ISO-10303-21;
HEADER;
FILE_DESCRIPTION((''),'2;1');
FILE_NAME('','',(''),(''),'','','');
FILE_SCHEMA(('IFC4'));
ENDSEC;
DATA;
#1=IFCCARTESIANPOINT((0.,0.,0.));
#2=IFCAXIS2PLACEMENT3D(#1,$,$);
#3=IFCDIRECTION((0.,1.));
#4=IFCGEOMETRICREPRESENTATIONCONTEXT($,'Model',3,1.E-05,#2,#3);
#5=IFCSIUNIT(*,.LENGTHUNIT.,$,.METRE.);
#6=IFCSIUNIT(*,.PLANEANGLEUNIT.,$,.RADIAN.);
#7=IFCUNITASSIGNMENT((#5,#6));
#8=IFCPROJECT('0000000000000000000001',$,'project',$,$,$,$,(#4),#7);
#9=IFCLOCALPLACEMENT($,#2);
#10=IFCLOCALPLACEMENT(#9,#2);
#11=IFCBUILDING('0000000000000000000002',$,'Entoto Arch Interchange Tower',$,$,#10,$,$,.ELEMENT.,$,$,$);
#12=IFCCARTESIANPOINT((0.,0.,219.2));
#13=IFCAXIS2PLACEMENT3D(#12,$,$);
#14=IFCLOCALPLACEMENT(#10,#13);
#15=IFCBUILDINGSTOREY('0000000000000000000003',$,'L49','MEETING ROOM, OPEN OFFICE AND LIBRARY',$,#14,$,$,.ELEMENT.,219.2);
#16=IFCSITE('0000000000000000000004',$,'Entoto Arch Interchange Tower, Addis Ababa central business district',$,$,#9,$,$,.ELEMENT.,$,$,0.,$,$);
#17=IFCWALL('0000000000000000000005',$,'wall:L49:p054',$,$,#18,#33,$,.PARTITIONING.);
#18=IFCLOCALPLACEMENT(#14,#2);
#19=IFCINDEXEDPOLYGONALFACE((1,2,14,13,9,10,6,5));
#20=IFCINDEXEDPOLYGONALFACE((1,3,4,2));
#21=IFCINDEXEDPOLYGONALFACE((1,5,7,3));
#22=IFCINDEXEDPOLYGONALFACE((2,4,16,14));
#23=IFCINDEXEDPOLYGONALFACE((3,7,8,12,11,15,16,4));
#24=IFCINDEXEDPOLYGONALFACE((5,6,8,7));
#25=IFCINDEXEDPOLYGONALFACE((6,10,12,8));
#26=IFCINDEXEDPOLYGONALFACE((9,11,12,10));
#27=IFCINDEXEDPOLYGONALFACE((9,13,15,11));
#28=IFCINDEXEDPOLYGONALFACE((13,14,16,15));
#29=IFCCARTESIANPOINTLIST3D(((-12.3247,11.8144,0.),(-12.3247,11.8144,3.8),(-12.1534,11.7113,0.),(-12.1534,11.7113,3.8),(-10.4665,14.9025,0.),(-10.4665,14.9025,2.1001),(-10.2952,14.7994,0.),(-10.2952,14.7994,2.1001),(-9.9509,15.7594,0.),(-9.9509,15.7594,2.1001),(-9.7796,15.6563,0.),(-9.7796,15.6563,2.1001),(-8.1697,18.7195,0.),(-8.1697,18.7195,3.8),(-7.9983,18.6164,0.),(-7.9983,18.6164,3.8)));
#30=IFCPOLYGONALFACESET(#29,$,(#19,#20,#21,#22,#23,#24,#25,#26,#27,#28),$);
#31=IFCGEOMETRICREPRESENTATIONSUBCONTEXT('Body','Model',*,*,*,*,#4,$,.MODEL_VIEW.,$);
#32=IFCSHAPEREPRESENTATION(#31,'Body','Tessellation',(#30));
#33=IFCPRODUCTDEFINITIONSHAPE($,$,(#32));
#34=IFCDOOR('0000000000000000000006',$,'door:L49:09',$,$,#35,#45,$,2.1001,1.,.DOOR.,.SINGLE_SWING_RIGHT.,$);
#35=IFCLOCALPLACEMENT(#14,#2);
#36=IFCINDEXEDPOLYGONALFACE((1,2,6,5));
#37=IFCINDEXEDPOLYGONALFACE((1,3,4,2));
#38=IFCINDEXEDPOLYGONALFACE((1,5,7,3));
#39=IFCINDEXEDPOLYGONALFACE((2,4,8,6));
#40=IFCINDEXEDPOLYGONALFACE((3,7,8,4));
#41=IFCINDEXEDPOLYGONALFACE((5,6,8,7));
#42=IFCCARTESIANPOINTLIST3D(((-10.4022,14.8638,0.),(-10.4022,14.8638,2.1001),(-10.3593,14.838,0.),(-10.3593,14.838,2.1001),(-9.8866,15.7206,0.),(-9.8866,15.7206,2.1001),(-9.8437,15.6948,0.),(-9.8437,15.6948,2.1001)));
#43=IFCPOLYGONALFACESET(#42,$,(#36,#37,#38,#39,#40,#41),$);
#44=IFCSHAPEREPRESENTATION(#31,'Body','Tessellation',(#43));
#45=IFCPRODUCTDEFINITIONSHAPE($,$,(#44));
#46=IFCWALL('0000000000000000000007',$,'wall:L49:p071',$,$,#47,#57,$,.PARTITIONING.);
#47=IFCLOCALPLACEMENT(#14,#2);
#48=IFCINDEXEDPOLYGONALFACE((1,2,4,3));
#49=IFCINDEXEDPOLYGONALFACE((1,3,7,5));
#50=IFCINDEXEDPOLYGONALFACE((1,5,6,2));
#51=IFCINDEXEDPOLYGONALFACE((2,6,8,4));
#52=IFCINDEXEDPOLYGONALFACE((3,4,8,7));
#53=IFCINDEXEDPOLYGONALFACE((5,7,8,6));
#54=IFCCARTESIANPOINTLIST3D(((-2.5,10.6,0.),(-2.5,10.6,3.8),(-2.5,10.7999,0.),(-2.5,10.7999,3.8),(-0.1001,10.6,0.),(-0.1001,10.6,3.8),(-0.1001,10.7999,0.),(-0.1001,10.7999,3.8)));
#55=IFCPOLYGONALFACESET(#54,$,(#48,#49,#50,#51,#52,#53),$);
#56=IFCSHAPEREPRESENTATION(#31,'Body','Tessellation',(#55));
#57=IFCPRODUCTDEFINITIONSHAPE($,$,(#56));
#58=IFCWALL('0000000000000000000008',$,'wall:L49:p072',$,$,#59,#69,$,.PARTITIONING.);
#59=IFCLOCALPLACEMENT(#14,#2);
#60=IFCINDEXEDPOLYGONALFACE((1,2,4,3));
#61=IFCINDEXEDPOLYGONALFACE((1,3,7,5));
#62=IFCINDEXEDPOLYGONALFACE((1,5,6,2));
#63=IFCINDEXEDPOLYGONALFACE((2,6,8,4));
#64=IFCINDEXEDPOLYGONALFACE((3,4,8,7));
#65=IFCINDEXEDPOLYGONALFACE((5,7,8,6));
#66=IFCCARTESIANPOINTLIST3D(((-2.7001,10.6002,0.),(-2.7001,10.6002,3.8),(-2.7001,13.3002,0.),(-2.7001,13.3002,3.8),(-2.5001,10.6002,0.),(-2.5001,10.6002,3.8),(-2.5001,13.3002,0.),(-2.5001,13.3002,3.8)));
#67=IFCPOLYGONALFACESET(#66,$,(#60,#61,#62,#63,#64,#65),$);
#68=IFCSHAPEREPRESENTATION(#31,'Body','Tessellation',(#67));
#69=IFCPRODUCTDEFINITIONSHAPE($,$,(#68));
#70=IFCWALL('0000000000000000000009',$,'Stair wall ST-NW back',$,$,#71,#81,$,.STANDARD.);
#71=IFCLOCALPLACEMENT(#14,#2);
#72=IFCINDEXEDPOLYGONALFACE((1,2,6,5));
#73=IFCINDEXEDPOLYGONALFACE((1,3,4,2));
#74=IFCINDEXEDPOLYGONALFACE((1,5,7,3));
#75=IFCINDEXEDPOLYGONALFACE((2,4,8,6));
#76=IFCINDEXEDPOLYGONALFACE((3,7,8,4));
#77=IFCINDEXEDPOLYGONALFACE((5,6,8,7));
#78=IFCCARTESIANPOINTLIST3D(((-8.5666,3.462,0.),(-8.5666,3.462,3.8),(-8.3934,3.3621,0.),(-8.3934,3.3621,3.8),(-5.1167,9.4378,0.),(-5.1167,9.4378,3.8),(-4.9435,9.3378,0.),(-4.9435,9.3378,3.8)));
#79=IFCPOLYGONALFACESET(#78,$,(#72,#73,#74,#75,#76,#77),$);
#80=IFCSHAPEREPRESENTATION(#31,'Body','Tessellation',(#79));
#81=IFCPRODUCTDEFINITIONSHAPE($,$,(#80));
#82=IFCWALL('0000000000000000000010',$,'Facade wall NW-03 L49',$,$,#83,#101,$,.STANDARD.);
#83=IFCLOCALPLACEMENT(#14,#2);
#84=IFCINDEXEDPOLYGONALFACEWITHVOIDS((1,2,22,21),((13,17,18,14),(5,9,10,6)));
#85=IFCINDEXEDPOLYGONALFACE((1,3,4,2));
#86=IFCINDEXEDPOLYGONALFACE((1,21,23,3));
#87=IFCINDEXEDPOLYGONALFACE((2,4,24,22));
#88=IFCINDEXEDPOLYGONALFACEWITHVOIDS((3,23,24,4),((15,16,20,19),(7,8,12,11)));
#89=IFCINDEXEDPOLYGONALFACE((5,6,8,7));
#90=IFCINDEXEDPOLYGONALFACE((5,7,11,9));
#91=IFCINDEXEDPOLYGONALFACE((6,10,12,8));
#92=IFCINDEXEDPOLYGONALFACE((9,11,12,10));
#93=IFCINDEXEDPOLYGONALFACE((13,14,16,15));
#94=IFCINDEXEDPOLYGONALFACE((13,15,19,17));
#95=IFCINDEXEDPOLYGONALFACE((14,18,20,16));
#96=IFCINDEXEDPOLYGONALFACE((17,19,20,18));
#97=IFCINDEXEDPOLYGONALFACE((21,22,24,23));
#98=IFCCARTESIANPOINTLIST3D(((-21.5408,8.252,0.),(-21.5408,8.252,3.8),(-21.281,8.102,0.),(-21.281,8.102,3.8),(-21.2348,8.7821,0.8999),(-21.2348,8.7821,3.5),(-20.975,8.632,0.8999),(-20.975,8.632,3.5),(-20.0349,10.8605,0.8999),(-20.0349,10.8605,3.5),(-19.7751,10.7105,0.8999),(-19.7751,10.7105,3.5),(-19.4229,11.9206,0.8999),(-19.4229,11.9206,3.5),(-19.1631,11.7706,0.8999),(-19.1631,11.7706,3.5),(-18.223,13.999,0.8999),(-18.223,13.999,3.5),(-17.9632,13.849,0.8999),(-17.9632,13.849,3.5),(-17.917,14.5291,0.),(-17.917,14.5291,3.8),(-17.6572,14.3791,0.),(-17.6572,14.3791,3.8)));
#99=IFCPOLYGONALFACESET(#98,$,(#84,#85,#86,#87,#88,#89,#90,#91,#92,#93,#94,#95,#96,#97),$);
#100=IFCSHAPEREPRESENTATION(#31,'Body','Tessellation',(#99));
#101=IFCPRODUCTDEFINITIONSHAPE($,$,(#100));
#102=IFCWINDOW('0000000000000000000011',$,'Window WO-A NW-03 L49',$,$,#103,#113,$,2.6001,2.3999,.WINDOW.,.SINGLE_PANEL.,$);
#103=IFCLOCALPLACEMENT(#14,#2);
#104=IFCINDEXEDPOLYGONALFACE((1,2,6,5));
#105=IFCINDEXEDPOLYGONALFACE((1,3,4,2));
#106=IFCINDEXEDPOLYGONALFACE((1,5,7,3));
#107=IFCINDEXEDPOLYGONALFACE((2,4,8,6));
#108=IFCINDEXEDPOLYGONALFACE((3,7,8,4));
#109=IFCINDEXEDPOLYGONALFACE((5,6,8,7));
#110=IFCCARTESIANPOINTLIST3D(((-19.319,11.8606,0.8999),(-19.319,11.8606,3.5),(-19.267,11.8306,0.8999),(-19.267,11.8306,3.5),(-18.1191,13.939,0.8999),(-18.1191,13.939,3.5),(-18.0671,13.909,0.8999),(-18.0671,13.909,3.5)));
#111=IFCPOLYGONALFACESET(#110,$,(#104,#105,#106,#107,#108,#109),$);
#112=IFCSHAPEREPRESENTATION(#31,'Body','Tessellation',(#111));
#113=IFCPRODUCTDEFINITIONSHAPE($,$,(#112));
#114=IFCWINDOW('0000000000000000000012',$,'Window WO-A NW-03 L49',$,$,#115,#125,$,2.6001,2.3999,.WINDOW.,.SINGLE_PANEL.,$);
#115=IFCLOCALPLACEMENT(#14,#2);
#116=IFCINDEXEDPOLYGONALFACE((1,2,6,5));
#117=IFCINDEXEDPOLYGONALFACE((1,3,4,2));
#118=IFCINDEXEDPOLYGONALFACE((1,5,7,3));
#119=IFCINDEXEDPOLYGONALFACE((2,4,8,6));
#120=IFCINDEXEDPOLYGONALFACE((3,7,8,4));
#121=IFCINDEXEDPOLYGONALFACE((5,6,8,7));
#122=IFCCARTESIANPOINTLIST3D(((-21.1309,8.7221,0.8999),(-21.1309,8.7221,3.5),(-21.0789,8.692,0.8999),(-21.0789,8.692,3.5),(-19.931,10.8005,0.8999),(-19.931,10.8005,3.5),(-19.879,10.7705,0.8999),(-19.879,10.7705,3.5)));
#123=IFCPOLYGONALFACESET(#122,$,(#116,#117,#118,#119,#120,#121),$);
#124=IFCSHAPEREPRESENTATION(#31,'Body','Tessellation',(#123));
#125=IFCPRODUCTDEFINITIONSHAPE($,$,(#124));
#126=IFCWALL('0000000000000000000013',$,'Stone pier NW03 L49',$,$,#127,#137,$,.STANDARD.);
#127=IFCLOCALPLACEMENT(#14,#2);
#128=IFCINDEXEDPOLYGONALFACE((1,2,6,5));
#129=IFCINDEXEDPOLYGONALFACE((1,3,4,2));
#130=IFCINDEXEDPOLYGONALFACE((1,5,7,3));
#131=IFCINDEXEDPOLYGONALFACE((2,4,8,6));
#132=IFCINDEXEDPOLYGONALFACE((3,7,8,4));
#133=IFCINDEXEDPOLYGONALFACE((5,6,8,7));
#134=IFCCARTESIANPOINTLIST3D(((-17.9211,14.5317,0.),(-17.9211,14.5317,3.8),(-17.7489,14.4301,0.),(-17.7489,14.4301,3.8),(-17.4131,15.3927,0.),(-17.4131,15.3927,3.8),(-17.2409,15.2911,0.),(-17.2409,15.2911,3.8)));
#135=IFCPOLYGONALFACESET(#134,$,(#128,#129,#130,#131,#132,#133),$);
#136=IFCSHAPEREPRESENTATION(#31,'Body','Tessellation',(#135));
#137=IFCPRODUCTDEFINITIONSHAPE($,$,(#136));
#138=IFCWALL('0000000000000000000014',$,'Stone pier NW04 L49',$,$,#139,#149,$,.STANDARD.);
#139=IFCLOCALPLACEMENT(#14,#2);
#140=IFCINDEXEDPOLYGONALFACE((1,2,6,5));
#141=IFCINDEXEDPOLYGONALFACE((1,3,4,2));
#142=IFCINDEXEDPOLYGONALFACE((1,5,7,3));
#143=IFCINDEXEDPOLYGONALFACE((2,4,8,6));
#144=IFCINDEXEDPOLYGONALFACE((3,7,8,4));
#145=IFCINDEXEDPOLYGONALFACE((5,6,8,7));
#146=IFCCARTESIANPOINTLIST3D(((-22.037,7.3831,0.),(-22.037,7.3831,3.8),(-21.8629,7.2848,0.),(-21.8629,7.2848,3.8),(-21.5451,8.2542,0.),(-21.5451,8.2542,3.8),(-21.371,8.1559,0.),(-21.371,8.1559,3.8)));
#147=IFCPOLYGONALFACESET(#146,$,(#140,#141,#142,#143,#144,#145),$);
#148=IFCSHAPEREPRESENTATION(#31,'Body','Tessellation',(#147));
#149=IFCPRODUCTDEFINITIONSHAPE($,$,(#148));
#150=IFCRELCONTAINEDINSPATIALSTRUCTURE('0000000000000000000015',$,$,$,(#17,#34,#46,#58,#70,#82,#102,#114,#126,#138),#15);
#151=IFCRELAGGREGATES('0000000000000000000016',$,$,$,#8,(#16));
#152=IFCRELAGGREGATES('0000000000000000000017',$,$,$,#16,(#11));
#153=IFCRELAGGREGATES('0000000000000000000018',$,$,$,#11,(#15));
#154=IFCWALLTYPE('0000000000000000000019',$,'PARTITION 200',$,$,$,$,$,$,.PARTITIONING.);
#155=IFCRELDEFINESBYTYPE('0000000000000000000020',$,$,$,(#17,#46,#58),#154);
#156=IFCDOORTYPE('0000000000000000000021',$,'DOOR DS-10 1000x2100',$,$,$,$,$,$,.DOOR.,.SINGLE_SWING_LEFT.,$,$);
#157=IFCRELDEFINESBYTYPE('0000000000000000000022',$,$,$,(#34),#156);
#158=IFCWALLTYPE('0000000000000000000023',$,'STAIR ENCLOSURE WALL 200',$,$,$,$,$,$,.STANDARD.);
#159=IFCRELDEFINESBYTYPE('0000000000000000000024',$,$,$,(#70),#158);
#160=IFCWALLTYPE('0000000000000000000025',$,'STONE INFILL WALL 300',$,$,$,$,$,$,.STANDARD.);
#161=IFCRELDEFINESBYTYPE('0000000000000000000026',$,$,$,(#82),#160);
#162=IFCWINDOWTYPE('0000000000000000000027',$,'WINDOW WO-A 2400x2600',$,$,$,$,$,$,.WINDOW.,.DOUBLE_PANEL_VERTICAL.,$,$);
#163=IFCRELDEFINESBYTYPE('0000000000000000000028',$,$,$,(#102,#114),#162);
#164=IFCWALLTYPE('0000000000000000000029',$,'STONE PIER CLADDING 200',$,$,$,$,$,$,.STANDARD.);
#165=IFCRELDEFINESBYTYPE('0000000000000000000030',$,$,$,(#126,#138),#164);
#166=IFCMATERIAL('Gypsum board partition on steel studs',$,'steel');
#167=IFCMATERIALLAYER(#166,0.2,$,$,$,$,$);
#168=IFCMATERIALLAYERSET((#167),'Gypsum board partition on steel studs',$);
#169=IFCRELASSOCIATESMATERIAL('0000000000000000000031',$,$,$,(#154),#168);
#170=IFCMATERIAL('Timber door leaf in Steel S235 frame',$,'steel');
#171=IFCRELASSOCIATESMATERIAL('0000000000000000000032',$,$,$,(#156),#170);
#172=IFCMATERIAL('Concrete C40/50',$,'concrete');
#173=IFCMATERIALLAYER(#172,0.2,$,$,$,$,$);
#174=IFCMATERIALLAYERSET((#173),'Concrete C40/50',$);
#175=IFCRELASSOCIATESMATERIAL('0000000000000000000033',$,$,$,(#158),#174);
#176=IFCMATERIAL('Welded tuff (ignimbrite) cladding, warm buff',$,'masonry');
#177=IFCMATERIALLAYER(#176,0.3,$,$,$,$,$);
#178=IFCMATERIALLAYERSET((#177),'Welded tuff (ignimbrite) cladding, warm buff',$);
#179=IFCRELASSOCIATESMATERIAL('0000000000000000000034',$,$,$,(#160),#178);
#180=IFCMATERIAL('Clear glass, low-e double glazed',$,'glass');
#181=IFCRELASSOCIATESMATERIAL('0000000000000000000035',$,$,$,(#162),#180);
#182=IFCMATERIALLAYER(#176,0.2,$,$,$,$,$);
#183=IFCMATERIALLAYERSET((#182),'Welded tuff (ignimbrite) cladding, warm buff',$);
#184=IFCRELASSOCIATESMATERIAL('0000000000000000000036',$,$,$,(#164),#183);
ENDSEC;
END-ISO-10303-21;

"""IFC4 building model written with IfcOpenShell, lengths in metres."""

from ifc_helpers import new_model, si_unit, direction, frame, frame_2d, origin, place, context, subcontext, project, spatial, rectangle, extrude, material, layer, layer_set, type_object, element, fill, save


model = new_model("IFC4")

# Units and contexts
model_context = context("Model", 3, precision=1e-05, world=origin(), true_north=direction((0.0, 1.0)))
body_context = subcontext(model_context, "Body", "Model", "MODEL_VIEW")
ifc_project = project(units=[si_unit("LENGTHUNIT", "METRE"), si_unit("PLANEANGLEUNIT", "RADIAN")], contexts=[model_context])

# Site, building, storey
site_placement = place(None, origin())
site = spatial("IfcSite", under=ifc_project, at=site_placement, Name="Entoto Arch Interchange Tower, Addis Ababa central business district", CompositionType="ELEMENT", RefElevation=0.0)
building_placement = place(site_placement, origin())
building = spatial("IfcBuilding", under=site, at=building_placement, Name="Entoto Arch Interchange Tower", CompositionType="ELEMENT")
storey_placement = place(building_placement, frame((0.0, 0.0, 219.2)))
storey = spatial("IfcBuildingStorey", under=building, at=storey_placement, Name="L49", Description="MEETING ROOM, OPEN OFFICE AND LIBRARY", CompositionType="ELEMENT", Elevation=219.2)

# Shared definitions
ifc_material_1 = material(Name="Concrete C40/50", Category="concrete")
ifc_material_2 = material(Name="Gypsum board partition on steel studs", Category="steel")

# Shared definitions
ifc_layer_1 = layer(ifc_material_2, 0.2)
ifc_layer_set_1 = layer_set([ifc_layer_1], Name="Gypsum board partition on steel studs")
wall_type_1 = type_object("IfcWallType", Name="PARTITION 200", PredefinedType="PARTITIONING", material=ifc_layer_set_1)
ifc_material_3 = material(Name="Timber door leaf in Steel S235 frame", Category="steel")
door_type = type_object("IfcDoorType", Name="DOOR DS-10 1000x2100", OperationType="SINGLE_SWING_LEFT", PredefinedType="DOOR", material=ifc_material_3)

# Wall, opening, door
wall_1_placement = place(storey_placement, frame((-12.239, 11.7629, 0.0), z_axis=(0.0, 0.0, 1.0), x_axis=(0.515591, 0.856835, 0.0)))
wall_1 = element("IfcWall", 1, at=wall_1_placement, inside=storey, type_object=wall_type_1, Name="wall:L49:p054", PredefinedType="PARTITIONING", context=body_context, shape_type="SweptSolid", body=[
    extrude(rectangle(XDim=8.0588, YDim=0.2, at=frame_2d((4.0293, 0.0))), origin(), (0.0, 0.0, 1.0), 3.8),
])
opening_1_placement = place(wall_1_placement, frame((3.604, 0.0, 0.0)))
opening_1 = element("IfcOpeningElement", 2, at=opening_1_placement, cuts=wall_1, PredefinedType="OPENING", context=body_context, shape_type="SweptSolid", body=[
    extrude(rectangle(XDim=1.0, YDim=2.1001, at=frame_2d((0.5, 1.05))), frame((0.0, 0.1099, 0.0), z_axis=(0.0, -1.0, 0.0), x_axis=(1.0, 0.0, 0.0)), (0.0, 0.0, 1.0), 0.22),
])
door_1_placement = place(opening_1_placement, origin())
door_1 = element("IfcDoor", 3, at=door_1_placement, inside=storey, type_object=door_type, Name="door:L49:09", OperationType="SINGLE_SWING_RIGHT", OverallHeight=2.1001, OverallWidth=1.0, PredefinedType="DOOR", context=body_context, shape_type="SweptSolid", body=[
    extrude(rectangle(XDim=1.0, YDim=2.1001, at=frame_2d((0.5, 1.05))), frame((0.0, 0.0249, 0.0), z_axis=(0.0, -1.0, 0.0), x_axis=(1.0, 0.0, 0.0)), (0.0, 0.0, 1.0), 0.05),
])
fill(opening_1, door_1)

# Walls
wall_2_placement = place(storey_placement, frame((-0.1001, 10.7, 0.0), z_axis=(0.0, 0.0, 1.0), x_axis=(-1.0, 0.0, 0.0)))
element("IfcWall", 4, at=wall_2_placement, inside=storey, type_object=wall_type_1, Name="wall:L49:p071", PredefinedType="PARTITIONING", context=body_context, shape_type="SweptSolid", body=[
    extrude(rectangle(XDim=2.3999, YDim=0.2, at=frame_2d((1.2, 0.0))), origin(), (0.0, 0.0, 1.0), 3.8),
])
wall_3_placement = place(storey_placement, frame((-2.6001, 10.6001, 0.0), z_axis=(0.0, 0.0, 1.0), x_axis=(0.0, 1.0, 0.0)))
element("IfcWall", 5, at=wall_3_placement, inside=storey, type_object=wall_type_1, Name="wall:L49:p072", PredefinedType="PARTITIONING", context=body_context, shape_type="SweptSolid", body=[
    extrude(rectangle(XDim=2.7, YDim=0.2, at=frame_2d((1.3501, 0.0))), origin(), (0.0, 0.0, 1.0), 3.8),
])
ifc_layer_2 = layer(ifc_material_1, 0.2)
ifc_layer_set_2 = layer_set([ifc_layer_2], Name="Concrete C40/50")
wall_type_2 = type_object("IfcWallType", Name="STAIR ENCLOSURE WALL 200", PredefinedType="STANDARD", material=ifc_layer_set_2)
wall_4_placement = place(storey_placement, frame((-5.03, 9.3879, 0.0), z_axis=(0.0, 0.0, 1.0), x_axis=(-0.499979, -0.866038, 0.0)))
element("IfcWall", 6, at=wall_4_placement, inside=storey, type_object=wall_type_2, Name="Stair wall ST-NW back", PredefinedType="STANDARD", context=body_context, shape_type="SweptSolid", body=[
    extrude(rectangle(XDim=6.9001, YDim=0.2, at=frame_2d((3.4502, 0.0))), origin(), (0.0, 0.0, 1.0), 3.8),
])

# Wall, openings, windows
ifc_material_4 = material(Name="Welded tuff (ignimbrite) cladding, warm buff", Category="masonry")
ifc_layer_3 = layer(ifc_material_4, 0.3)
ifc_layer_set_3 = layer_set([ifc_layer_3], Name="Welded tuff (ignimbrite) cladding, warm buff")
wall_type_3 = type_object("IfcWallType", Name="STONE INFILL WALL 300", PredefinedType="STANDARD", material=ifc_layer_set_3)
wall_5_placement = place(storey_placement, frame((-17.7871, 14.4541, 0.0), z_axis=(0.0, 0.0, 1.0), x_axis=(-0.499968, -0.866044, 0.0)))
wall_5 = element("IfcWall", 7, at=wall_5_placement, inside=storey, type_object=wall_type_3, Name="Facade wall NW-03 L49", PredefinedType="STANDARD", context=body_context, shape_type="SweptSolid", body=[
    extrude(rectangle(XDim=7.248, YDim=0.3, at=frame_2d((3.624, 0.0))), origin(), (0.0, 0.0, 1.0), 3.8),
])
opening_2_placement = place(wall_5_placement, frame((0.6121, 0.0, 0.8999)))
opening_2 = element("IfcOpeningElement", 8, at=opening_2_placement, cuts=wall_5, PredefinedType="OPENING", context=body_context, shape_type="SweptSolid", body=[
    extrude(rectangle(XDim=2.3999, YDim=2.6001, at=frame_2d((1.2, 1.3))), frame((0.0, 0.1602, 0.0), z_axis=(0.0, -1.0, 0.0), x_axis=(1.0, 0.0, 0.0)), (0.0, 0.0, 1.0), 0.3201),
])
opening_3_placement = place(wall_5_placement, frame((4.2361, 0.0, 0.8999)))
opening_3 = element("IfcOpeningElement", 9, at=opening_3_placement, cuts=wall_5, PredefinedType="OPENING", context=body_context, shape_type="SweptSolid", body=[
    extrude(rectangle(XDim=2.3999, YDim=2.6001, at=frame_2d((1.2, 1.3))), frame((0.0, 0.1602, 0.0), z_axis=(0.0, -1.0, 0.0), x_axis=(1.0, 0.0, 0.0)), (0.0, 0.0, 1.0), 0.3201),
])
ifc_material_5 = material(Name="Clear glass, low-e double glazed", Category="glass")
window_type = type_object("IfcWindowType", Name="WINDOW WO-A 2400x2600", PartitioningType="DOUBLE_PANEL_VERTICAL", PredefinedType="WINDOW", material=ifc_material_5)
window_1_placement = place(opening_2_placement, origin())
window_1 = element("IfcWindow", 10, at=window_1_placement, inside=storey, type_object=window_type, Name="Window WO-A NW-03 L49", OverallHeight=2.6001, OverallWidth=2.3999, PartitioningType="SINGLE_PANEL", PredefinedType="WINDOW", context=body_context, shape_type="SweptSolid", body=[
    extrude(rectangle(XDim=2.3999, YDim=2.6001, at=frame_2d((1.2, 1.3))), frame((0.0, 0.03, 0.0), z_axis=(0.0, -1.0, 0.0), x_axis=(1.0, 0.0, 0.0)), (0.0, 0.0, 1.0), 0.0601),
])
fill(opening_2, window_1)
window_2_placement = place(opening_3_placement, origin())
window_2 = element("IfcWindow", 11, at=window_2_placement, inside=storey, type_object=window_type, Name="Window WO-A NW-03 L49", OverallHeight=2.6001, OverallWidth=2.3999, PartitioningType="SINGLE_PANEL", PredefinedType="WINDOW", context=body_context, shape_type="SweptSolid", body=[
    extrude(rectangle(XDim=2.3999, YDim=2.6001, at=frame_2d((1.2, 1.3))), frame((0.0, 0.03, 0.0), z_axis=(0.0, -1.0, 0.0), x_axis=(1.0, 0.0, 0.0)), (0.0, 0.0, 1.0), 0.0601),
])
fill(opening_3, window_2)

# Walls
ifc_layer_4 = layer(ifc_material_4, 0.2)
ifc_layer_set_4 = layer_set([ifc_layer_4], Name="Welded tuff (ignimbrite) cladding, warm buff")
wall_type_4 = type_object("IfcWallType", Name="STONE PIER CLADDING 200", PredefinedType="STANDARD", material=ifc_layer_set_4)
wall_6_placement = place(storey_placement, frame((-17.3269, 15.342, 0.0), z_axis=(0.0, 0.0, 1.0), x_axis=(-0.508162, -0.861262, 0.0)))
element("IfcWall", 12, at=wall_6_placement, inside=storey, type_object=wall_type_4, Name="Stone pier NW03 L49", PredefinedType="STANDARD", context=body_context, shape_type="SweptSolid", body=[
    extrude(rectangle(XDim=0.9998, YDim=0.2, at=frame_2d((0.5, 0.0))), origin(), (0.0, 0.0, 1.0), 3.8),
])
wall_7_placement = place(storey_placement, frame((-21.458, 8.2051, 0.0), z_axis=(0.0, 0.0, 1.0), x_axis=(-0.491744, -0.87074, 0.0)))
element("IfcWall", 13, at=wall_7_placement, inside=storey, type_object=wall_type_4, Name="Stone pier NW04 L49", PredefinedType="STANDARD", context=body_context, shape_type="SweptSolid", body=[
    extrude(rectangle(XDim=1.0005, YDim=0.2, at=frame_2d((0.5002, 0.0))), origin(), (0.0, 0.0, 1.0), 3.8),
])

save(model, "model.ifc")
